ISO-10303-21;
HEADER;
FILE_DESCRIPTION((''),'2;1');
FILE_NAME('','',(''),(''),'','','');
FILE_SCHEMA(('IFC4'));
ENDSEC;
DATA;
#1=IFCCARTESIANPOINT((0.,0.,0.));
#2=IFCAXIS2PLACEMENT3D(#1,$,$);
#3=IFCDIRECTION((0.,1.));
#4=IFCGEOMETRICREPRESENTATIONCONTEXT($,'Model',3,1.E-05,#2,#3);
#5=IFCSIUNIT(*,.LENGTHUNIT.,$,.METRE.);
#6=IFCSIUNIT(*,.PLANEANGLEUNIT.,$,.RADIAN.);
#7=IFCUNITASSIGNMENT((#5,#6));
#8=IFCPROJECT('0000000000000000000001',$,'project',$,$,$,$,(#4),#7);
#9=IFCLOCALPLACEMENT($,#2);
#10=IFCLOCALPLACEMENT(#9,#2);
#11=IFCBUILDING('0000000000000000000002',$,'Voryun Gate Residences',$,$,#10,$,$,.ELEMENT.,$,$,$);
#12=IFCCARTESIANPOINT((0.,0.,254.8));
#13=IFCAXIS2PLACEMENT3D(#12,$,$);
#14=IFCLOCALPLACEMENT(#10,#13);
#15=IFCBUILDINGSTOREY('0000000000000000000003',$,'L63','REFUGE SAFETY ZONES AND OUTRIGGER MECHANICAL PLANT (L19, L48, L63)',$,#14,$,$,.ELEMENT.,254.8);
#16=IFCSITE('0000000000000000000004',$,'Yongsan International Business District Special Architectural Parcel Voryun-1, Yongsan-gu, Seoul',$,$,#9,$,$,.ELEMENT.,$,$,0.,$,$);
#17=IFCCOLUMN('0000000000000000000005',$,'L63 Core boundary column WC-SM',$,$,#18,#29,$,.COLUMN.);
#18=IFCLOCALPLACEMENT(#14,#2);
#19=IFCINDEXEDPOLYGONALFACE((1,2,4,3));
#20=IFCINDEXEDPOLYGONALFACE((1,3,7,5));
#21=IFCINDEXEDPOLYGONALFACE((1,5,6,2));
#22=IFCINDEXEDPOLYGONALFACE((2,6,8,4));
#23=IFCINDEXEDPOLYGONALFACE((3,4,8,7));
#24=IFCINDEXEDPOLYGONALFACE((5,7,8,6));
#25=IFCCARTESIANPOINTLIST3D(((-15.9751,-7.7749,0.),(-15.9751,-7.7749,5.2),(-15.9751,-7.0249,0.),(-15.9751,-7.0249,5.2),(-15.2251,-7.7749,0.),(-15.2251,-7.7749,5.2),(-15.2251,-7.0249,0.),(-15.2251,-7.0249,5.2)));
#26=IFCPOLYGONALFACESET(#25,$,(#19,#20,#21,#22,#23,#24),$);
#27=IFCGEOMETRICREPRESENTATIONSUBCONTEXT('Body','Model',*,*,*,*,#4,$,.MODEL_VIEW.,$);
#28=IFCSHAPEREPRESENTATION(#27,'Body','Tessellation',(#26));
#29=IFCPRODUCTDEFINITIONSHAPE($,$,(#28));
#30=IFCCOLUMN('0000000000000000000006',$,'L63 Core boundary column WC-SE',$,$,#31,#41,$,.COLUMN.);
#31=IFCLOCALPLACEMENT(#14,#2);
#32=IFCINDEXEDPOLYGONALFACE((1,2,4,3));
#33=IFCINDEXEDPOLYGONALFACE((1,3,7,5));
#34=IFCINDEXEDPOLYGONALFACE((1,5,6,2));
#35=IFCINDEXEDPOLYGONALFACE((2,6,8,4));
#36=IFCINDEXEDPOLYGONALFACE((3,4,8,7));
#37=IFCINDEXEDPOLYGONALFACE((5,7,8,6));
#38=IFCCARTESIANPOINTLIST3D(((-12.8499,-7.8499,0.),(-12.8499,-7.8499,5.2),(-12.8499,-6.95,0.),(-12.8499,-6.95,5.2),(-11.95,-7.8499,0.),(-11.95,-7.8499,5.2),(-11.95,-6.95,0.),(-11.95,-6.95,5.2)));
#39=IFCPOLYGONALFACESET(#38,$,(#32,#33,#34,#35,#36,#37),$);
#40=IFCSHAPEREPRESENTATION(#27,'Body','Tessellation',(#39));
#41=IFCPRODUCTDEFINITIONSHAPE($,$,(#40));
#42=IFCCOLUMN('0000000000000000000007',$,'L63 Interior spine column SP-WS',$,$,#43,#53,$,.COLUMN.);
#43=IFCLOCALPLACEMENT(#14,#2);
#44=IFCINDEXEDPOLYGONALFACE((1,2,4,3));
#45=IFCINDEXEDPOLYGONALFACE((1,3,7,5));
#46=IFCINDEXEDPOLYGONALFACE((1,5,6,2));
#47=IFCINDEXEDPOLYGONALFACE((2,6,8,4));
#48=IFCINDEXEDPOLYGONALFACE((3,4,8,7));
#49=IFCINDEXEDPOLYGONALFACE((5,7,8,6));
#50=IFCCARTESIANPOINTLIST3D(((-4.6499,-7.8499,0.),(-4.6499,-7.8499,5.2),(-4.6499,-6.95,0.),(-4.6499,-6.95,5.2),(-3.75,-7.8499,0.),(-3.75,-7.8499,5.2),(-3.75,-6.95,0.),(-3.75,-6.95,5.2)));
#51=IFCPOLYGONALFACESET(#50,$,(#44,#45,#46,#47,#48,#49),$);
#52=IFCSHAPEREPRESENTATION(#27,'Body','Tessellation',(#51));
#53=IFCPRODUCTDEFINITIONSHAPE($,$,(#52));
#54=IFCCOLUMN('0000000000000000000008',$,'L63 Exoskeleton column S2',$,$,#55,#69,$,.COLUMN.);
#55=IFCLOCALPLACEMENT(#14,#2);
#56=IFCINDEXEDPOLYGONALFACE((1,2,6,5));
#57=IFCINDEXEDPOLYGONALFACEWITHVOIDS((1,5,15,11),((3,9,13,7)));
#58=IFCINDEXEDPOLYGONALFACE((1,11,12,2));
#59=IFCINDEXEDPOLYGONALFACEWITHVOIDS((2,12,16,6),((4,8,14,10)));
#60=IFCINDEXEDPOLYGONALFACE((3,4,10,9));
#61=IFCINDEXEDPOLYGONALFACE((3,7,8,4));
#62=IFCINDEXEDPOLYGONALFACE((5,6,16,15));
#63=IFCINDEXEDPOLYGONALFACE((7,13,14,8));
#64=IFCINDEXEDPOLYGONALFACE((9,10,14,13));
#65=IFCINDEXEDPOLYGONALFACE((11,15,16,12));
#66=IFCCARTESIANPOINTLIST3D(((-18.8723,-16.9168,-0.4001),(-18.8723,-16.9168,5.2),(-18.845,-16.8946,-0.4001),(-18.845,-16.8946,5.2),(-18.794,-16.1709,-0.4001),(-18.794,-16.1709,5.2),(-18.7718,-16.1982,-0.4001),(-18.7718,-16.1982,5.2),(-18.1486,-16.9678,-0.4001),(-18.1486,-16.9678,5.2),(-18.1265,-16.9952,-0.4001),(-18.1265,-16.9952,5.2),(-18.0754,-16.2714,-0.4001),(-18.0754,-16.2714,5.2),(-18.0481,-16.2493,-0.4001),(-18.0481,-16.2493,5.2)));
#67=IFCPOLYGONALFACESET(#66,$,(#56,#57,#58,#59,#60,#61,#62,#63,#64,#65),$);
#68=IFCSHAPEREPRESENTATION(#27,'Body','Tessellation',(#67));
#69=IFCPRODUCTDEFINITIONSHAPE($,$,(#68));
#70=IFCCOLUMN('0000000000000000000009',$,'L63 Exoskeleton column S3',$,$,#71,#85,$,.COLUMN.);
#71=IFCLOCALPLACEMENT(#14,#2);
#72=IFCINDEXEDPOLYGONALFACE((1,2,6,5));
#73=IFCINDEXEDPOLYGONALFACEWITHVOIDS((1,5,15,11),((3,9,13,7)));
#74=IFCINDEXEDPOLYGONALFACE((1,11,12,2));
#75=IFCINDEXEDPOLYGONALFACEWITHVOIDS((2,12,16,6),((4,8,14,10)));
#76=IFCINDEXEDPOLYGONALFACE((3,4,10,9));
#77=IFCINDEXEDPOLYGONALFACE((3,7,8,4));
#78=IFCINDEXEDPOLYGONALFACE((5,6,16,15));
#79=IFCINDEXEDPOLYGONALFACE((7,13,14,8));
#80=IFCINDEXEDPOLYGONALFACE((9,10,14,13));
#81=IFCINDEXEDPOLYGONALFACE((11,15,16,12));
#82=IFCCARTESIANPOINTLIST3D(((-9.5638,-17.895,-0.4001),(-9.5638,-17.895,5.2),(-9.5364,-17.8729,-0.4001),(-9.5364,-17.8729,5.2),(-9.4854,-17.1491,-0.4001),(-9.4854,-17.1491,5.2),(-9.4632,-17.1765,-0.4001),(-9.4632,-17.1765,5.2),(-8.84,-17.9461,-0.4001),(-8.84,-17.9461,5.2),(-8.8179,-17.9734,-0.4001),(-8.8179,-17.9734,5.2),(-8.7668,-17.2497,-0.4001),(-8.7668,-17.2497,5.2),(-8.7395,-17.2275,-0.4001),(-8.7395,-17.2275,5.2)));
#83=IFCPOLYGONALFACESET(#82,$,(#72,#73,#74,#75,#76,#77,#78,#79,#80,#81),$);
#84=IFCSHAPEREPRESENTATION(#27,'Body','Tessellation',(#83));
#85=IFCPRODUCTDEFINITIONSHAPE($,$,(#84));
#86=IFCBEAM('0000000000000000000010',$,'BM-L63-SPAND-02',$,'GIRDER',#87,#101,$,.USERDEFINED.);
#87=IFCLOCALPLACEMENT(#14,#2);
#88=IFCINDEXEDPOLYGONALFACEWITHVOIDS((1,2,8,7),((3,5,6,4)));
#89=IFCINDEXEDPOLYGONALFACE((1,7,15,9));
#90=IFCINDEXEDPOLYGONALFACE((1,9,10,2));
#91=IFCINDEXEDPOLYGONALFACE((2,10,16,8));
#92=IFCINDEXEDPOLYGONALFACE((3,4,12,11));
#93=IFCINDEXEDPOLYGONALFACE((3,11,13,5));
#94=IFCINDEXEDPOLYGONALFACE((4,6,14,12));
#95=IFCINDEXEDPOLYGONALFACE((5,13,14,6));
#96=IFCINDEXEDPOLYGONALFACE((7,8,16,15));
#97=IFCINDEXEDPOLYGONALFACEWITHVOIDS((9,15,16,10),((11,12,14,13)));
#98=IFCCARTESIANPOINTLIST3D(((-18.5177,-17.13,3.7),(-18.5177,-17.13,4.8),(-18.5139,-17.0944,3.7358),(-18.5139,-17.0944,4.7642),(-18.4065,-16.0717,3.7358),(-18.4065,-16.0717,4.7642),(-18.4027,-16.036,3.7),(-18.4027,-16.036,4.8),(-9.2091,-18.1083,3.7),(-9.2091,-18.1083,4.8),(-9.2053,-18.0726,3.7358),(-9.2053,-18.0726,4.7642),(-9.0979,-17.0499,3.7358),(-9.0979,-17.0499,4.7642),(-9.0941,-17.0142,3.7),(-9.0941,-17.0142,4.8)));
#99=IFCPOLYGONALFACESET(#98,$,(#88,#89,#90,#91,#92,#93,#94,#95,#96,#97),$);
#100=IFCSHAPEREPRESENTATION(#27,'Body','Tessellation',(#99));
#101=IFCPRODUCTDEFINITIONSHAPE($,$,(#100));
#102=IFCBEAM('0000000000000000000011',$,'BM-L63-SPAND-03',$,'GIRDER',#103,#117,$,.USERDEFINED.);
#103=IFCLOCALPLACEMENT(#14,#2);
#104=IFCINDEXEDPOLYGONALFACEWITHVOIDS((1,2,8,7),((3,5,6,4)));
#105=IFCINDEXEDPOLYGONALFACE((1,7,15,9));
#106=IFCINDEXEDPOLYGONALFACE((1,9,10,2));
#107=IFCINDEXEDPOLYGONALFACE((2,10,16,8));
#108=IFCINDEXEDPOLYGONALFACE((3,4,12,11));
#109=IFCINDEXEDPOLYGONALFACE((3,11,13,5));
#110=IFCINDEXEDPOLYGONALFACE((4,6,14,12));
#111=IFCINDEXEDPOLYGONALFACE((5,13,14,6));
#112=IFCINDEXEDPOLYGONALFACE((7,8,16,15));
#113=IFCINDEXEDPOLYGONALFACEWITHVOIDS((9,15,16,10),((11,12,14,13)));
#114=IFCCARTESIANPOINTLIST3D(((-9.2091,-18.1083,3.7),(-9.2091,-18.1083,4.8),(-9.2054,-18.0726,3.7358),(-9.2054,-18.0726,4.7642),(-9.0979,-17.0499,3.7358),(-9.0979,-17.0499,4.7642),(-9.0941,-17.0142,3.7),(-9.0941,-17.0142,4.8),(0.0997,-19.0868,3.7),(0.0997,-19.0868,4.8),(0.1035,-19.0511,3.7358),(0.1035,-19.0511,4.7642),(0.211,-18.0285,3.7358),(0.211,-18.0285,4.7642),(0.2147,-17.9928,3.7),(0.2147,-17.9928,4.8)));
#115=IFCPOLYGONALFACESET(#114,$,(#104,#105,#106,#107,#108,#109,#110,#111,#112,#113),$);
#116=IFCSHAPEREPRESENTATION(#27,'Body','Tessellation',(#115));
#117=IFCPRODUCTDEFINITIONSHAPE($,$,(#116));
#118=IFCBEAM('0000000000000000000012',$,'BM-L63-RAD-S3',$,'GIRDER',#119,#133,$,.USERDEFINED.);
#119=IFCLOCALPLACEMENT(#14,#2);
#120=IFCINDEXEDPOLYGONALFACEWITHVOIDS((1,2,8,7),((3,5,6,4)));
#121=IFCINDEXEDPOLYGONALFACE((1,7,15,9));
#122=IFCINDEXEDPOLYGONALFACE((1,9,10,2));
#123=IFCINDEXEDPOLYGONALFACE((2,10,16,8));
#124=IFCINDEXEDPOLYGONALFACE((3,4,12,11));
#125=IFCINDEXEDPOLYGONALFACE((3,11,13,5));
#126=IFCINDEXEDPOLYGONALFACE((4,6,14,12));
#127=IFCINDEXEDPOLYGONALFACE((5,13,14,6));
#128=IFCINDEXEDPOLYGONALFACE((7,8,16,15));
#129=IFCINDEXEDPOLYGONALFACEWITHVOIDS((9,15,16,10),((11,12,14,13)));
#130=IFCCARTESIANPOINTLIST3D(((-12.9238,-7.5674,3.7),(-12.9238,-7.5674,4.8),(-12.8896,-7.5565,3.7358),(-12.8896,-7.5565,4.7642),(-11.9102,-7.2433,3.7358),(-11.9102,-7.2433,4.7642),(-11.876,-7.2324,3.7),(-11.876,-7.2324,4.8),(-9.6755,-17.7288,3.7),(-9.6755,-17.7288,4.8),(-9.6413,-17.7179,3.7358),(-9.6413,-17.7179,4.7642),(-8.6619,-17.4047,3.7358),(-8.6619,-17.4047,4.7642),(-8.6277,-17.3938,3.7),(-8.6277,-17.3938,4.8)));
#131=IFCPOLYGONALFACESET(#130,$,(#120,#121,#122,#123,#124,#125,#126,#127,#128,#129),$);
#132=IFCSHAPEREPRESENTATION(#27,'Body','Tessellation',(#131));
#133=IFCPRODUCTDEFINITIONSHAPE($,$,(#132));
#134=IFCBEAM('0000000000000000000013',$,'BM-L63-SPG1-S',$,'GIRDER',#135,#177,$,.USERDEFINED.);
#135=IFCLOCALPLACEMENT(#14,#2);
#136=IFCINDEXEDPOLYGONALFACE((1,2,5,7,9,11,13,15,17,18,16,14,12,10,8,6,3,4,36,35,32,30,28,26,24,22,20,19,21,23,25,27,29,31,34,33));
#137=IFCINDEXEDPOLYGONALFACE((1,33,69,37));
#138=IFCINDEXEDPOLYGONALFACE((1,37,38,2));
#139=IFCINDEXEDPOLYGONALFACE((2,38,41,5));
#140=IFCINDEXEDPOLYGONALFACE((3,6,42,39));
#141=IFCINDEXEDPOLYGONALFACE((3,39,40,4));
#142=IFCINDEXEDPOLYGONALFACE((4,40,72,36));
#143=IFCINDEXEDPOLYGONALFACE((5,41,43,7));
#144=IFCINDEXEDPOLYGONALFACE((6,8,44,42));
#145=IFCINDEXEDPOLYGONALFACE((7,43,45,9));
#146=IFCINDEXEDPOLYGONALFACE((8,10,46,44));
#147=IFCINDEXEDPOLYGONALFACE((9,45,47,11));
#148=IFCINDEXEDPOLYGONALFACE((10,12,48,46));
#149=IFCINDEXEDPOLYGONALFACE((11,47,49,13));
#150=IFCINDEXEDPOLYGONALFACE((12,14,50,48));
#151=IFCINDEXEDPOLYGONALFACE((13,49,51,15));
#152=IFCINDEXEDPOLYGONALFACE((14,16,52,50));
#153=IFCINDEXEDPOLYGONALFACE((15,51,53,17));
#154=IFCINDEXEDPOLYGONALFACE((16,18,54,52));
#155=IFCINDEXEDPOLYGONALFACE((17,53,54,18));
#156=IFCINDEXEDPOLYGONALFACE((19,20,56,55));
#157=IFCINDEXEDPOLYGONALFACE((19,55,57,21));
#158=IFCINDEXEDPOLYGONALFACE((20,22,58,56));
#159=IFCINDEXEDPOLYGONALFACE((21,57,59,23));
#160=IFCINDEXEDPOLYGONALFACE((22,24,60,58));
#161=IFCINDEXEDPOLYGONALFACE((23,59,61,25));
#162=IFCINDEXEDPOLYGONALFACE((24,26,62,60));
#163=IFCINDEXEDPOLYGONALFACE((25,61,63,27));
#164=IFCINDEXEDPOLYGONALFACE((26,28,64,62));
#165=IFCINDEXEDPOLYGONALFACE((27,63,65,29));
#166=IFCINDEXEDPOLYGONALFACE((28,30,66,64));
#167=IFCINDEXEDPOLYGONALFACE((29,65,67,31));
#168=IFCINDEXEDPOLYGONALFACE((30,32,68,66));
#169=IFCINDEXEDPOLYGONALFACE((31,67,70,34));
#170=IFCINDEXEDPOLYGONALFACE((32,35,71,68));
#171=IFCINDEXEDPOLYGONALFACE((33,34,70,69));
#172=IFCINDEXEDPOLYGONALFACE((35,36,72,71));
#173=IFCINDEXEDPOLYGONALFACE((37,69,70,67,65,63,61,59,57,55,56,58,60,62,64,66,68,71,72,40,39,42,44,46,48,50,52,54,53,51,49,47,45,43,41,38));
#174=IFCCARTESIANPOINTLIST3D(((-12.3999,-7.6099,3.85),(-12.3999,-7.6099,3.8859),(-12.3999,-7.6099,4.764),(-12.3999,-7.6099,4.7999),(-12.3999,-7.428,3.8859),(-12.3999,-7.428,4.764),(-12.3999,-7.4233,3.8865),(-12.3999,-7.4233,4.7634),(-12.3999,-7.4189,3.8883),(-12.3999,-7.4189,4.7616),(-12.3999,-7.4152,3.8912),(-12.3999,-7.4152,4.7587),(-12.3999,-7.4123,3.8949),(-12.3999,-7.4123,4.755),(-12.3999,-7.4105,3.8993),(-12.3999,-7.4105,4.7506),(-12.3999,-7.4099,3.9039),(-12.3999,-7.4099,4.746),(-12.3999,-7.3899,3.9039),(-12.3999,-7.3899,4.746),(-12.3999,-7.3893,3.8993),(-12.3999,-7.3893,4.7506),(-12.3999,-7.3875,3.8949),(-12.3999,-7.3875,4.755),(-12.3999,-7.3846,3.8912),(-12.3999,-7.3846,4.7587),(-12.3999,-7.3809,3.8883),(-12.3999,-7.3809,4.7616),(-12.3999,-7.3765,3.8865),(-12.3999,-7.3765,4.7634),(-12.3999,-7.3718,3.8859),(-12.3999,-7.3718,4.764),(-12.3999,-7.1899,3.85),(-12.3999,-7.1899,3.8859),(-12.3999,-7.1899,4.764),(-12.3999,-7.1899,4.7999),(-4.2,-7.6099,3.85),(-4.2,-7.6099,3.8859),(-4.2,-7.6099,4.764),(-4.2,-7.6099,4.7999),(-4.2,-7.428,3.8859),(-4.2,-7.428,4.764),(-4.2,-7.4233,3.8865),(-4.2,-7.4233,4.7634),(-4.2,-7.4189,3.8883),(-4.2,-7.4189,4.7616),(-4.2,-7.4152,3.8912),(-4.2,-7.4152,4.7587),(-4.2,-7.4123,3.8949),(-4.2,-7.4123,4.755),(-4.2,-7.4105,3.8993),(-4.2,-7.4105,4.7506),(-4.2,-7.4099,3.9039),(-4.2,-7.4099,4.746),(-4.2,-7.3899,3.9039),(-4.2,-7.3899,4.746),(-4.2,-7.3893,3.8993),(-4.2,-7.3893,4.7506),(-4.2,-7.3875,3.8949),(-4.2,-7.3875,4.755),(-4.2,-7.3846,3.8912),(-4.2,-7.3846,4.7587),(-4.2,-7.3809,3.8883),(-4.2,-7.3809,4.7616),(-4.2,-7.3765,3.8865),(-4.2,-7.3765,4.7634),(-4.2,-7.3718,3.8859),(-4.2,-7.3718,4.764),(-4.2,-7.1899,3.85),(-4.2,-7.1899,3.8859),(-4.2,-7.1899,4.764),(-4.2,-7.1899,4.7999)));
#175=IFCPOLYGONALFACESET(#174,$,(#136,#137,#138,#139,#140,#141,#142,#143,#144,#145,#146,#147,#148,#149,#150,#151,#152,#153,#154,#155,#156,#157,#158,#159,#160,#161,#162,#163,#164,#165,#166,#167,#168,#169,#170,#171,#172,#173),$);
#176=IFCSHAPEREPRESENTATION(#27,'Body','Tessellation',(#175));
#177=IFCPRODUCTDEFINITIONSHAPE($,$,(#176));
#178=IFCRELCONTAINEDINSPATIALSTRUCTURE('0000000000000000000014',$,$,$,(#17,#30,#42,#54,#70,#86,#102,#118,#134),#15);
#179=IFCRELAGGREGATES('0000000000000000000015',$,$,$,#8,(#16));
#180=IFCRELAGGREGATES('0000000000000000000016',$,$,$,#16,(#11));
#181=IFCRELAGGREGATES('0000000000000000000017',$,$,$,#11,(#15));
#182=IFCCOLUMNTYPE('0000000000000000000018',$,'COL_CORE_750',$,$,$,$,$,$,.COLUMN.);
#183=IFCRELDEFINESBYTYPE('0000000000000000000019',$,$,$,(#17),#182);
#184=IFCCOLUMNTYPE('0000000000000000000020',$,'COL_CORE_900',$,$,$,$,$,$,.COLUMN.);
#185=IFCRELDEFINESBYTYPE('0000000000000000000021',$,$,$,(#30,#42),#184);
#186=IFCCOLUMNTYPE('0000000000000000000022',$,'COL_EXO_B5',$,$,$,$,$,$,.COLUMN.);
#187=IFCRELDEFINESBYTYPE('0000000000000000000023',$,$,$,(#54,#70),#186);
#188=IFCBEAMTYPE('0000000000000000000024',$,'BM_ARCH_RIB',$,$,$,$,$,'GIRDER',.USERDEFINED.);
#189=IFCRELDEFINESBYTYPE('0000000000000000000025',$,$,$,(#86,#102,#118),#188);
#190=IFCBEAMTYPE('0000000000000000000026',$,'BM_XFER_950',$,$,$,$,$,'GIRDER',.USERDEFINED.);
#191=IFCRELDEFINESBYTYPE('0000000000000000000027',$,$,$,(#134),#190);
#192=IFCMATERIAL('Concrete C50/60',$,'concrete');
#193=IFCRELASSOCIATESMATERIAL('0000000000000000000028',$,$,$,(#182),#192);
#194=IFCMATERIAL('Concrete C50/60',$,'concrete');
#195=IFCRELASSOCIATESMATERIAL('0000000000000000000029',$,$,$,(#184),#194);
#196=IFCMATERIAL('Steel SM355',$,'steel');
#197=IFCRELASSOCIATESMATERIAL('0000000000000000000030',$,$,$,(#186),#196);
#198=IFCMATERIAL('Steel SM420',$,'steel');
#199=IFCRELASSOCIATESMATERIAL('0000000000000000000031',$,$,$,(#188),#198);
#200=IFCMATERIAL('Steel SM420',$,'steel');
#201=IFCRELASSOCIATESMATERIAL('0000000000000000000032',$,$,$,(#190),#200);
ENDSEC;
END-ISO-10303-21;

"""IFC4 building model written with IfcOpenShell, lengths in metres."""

from ifc_helpers import new_model, si_unit, direction, frame, origin, origin_2d, place, context, subcontext, project, spatial, rectangle, hollow_rectangle, i_section, extrude, material, material_profile, profile_set, type_object, element, save


model = new_model("IFC4")

# Units and contexts
model_context = context("Model", 3, precision=1e-05, world=origin(), true_north=direction((0.0, 1.0)))
body_context = subcontext(model_context, "Body", "Model", "MODEL_VIEW")
ifc_project = project(units=[si_unit("LENGTHUNIT", "METRE"), si_unit("PLANEANGLEUNIT", "RADIAN")], contexts=[model_context])

# Site, building, storey
site_placement = place(None, origin())
site = spatial("IfcSite", under=ifc_project, at=site_placement, Name="Yongsan International Business District Special Architectural Parcel Voryun-1, Yongsan-gu, Seoul", CompositionType="ELEMENT", RefElevation=0.0)
building_placement = place(site_placement, origin())
building = spatial("IfcBuilding", under=site, at=building_placement, Name="Voryun Gate Residences", CompositionType="ELEMENT")
storey_placement = place(building_placement, frame((0.0, 0.0, 254.8)))
storey = spatial("IfcBuildingStorey", under=building, at=storey_placement, Name="L63", Description="REFUGE SAFETY ZONES AND OUTRIGGER MECHANICAL PLANT (L19, L48, L63)", CompositionType="ELEMENT", Elevation=254.8)

# Columns
ifc_material_1 = material(Name="Concrete C50/60", Category="concrete")
ifc_material_profile_1 = material_profile(ifc_material_1, rectangle(XDim=0.75, YDim=0.75, at=origin_2d()), Name="RC-750x750")
ifc_profile_set_1 = profile_set([ifc_material_profile_1], Name="Concrete C50/60")
column_type_1 = type_object("IfcColumnType", Name="COL_CORE_750", PredefinedType="COLUMN", material=ifc_profile_set_1)
column_placement = place(storey_placement, frame((-15.6001, -7.3999, 0.0), z_axis=(0.0, 0.0, 1.0), x_axis=(1.0, 0.0, 0.0)))
element("IfcColumn", 1, at=column_placement, inside=storey, type_object=column_type_1, Name="L63 Core boundary column WC-SM", PredefinedType="COLUMN", context=body_context, shape_type="SweptSolid", body=[
    extrude(rectangle(XDim=0.75, YDim=0.75, at=origin_2d()), origin(), (0.0, 0.0, 1.0), 5.2),
])
ifc_material_2 = material(Name="Concrete C50/60", Category="concrete")
ifc_material_profile_2 = material_profile(ifc_material_2, rectangle(XDim=0.8999, YDim=0.8999, at=origin_2d()), Name="RC-900x900")
ifc_profile_set_2 = profile_set([ifc_material_profile_2], Name="Concrete C50/60")
column_type_2 = type_object("IfcColumnType", Name="COL_CORE_900", PredefinedType="COLUMN", material=ifc_profile_set_2)
for number, where, z_axis, x_axis, name in (
    (2, (-12.3999, -7.3999, 0.0), (0.0, 0.0, 1.0), (1.0, 0.0, 0.0), "L63 Core boundary column WC-SE"),
    (3, (-4.2, -7.3999, 0.0), (0.0, 0.0, 1.0), (1.0, 0.0, 0.0), "L63 Interior spine column SP-WS"),
):
    element("IfcColumn", number, at=place(storey_placement, frame(where, z_axis=z_axis, x_axis=x_axis)), inside=storey, type_object=column_type_2, Name=name, PredefinedType="COLUMN", context=body_context, shape_type="SweptSolid", body=[
        extrude(rectangle(XDim=0.8999, YDim=0.8999, at=origin_2d()), origin(), (0.0, 0.0, 1.0), 5.2),
    ])
ifc_material_3 = material(Name="Steel SM355", Category="steel")
ifc_material_profile_3 = material_profile(ifc_material_3, hollow_rectangle(XDim=0.75, YDim=0.75, WallThickness=0.0249, at=origin_2d()), Name="BOX-750x750x25")
ifc_profile_set_3 = profile_set([ifc_material_profile_3], Name="Steel SM355")
column_type_3 = type_object("IfcColumnType", Name="COL_EXO_B5", PredefinedType="COLUMN", material=ifc_profile_set_3)
for number, where, z_axis, x_axis, name in (
    (4, (-18.4602, -16.583, -0.4001), (0.0, 0.0, 1.0), (0.994522, -0.104528, 0.0), "L63 Exoskeleton column S2"),
    (5, (-9.1516, -17.5613, -0.4001), (0.0, 0.0, 1.0), (0.994522, -0.104528, 0.0), "L63 Exoskeleton column S3"),
):
    element("IfcColumn", number, at=place(storey_placement, frame(where, z_axis=z_axis, x_axis=x_axis)), inside=storey, type_object=column_type_3, Name=name, PredefinedType="COLUMN", context=body_context, shape_type="SweptSolid", body=[
        extrude(hollow_rectangle(XDim=0.75, YDim=0.75, WallThickness=0.0249, at=origin_2d()), origin(), (0.0, 0.0, 1.0), 5.6001),
    ])

# Beams
ifc_material_4 = material(Name="Steel SM420", Category="steel")
ifc_material_profile_4 = material_profile(ifc_material_4, hollow_rectangle(XDim=1.1001, YDim=1.1001, WallThickness=0.0359, at=origin_2d()), Name="BOX-1100x1100x36")
ifc_profile_set_4 = profile_set([ifc_material_profile_4], Name="Steel SM420")
beam_type_1 = type_object("IfcBeamType", Name="BM_ARCH_RIB", ElementType="GIRDER", PredefinedType="USERDEFINED", material=ifc_profile_set_4)
beam_1_placement = place(storey_placement, frame((-18.4602, -16.583, 4.25), z_axis=(0.994523, -0.104518, 0.0), x_axis=(0.104518, 0.994523, 0.0)))
element("IfcBeam", 6, at=beam_1_placement, inside=storey, type_object=beam_type_1, Name="BM-L63-SPAND-02", ObjectType="GIRDER", PredefinedType="USERDEFINED", context=body_context, shape_type="SweptSolid", body=[
    extrude(hollow_rectangle(XDim=1.1001, YDim=1.1001, WallThickness=0.0359, at=origin_2d()), origin(), (0.0, 0.0, 1.0), 9.3599),
])
beam_2_placement = place(storey_placement, frame((-9.1516, -17.5613, 4.25), z_axis=(0.994521, -0.104541, 0.0), x_axis=(0.104541, 0.994521, 0.0)))
element("IfcBeam", 7, at=beam_2_placement, inside=storey, type_object=beam_type_1, Name="BM-L63-SPAND-03", ObjectType="GIRDER", PredefinedType="USERDEFINED", context=body_context, shape_type="SweptSolid", body=[
    extrude(hollow_rectangle(XDim=1.1001, YDim=1.1001, WallThickness=0.0359, at=origin_2d()), origin(), (0.0, 0.0, 1.0), 9.3601),
])
beam_3_placement = place(storey_placement, frame((-12.3999, -7.3999, 4.25), z_axis=(0.304491, -0.952515, 0.0), x_axis=(0.952515, 0.304491, 0.0)))
element("IfcBeam", 8, at=beam_3_placement, inside=storey, type_object=beam_type_1, Name="BM-L63-RAD-S3", ObjectType="GIRDER", PredefinedType="USERDEFINED", context=body_context, shape_type="SweptSolid", body=[
    extrude(hollow_rectangle(XDim=1.1001, YDim=1.1001, WallThickness=0.0359, at=origin_2d()), origin(), (0.0, 0.0, 1.0), 10.668),
])
ifc_material_5 = material(Name="Steel SM420", Category="steel")
ifc_material_profile_5 = material_profile(ifc_material_5, i_section(OverallWidth=0.4199, OverallDepth=0.95, WebThickness=0.02, FlangeThickness=0.0359, FilletRadius=0.0181, at=origin_2d()), Name="H-950x420x20x36")
ifc_profile_set_5 = profile_set([ifc_material_profile_5], Name="Steel SM420")
beam_type_2 = type_object("IfcBeamType", Name="BM_XFER_950", ElementType="GIRDER", PredefinedType="USERDEFINED", material=ifc_profile_set_5)
beam_4_placement = place(storey_placement, frame((-12.3999, -7.3999, 4.325), z_axis=(1.0, 0.0, 0.0), x_axis=(0.0, 1.0, 0.0)))
element("IfcBeam", 9, at=beam_4_placement, inside=storey, type_object=beam_type_2, Name="BM-L63-SPG1-S", ObjectType="GIRDER", PredefinedType="USERDEFINED", context=body_context, shape_type="SweptSolid", body=[
    extrude(i_section(OverallWidth=0.4199, OverallDepth=0.95, WebThickness=0.02, FlangeThickness=0.0359, FilletRadius=0.0181, at=origin_2d()), origin(), (0.0, 0.0, 1.0), 8.2),
])

save(model, "model.ifc")
